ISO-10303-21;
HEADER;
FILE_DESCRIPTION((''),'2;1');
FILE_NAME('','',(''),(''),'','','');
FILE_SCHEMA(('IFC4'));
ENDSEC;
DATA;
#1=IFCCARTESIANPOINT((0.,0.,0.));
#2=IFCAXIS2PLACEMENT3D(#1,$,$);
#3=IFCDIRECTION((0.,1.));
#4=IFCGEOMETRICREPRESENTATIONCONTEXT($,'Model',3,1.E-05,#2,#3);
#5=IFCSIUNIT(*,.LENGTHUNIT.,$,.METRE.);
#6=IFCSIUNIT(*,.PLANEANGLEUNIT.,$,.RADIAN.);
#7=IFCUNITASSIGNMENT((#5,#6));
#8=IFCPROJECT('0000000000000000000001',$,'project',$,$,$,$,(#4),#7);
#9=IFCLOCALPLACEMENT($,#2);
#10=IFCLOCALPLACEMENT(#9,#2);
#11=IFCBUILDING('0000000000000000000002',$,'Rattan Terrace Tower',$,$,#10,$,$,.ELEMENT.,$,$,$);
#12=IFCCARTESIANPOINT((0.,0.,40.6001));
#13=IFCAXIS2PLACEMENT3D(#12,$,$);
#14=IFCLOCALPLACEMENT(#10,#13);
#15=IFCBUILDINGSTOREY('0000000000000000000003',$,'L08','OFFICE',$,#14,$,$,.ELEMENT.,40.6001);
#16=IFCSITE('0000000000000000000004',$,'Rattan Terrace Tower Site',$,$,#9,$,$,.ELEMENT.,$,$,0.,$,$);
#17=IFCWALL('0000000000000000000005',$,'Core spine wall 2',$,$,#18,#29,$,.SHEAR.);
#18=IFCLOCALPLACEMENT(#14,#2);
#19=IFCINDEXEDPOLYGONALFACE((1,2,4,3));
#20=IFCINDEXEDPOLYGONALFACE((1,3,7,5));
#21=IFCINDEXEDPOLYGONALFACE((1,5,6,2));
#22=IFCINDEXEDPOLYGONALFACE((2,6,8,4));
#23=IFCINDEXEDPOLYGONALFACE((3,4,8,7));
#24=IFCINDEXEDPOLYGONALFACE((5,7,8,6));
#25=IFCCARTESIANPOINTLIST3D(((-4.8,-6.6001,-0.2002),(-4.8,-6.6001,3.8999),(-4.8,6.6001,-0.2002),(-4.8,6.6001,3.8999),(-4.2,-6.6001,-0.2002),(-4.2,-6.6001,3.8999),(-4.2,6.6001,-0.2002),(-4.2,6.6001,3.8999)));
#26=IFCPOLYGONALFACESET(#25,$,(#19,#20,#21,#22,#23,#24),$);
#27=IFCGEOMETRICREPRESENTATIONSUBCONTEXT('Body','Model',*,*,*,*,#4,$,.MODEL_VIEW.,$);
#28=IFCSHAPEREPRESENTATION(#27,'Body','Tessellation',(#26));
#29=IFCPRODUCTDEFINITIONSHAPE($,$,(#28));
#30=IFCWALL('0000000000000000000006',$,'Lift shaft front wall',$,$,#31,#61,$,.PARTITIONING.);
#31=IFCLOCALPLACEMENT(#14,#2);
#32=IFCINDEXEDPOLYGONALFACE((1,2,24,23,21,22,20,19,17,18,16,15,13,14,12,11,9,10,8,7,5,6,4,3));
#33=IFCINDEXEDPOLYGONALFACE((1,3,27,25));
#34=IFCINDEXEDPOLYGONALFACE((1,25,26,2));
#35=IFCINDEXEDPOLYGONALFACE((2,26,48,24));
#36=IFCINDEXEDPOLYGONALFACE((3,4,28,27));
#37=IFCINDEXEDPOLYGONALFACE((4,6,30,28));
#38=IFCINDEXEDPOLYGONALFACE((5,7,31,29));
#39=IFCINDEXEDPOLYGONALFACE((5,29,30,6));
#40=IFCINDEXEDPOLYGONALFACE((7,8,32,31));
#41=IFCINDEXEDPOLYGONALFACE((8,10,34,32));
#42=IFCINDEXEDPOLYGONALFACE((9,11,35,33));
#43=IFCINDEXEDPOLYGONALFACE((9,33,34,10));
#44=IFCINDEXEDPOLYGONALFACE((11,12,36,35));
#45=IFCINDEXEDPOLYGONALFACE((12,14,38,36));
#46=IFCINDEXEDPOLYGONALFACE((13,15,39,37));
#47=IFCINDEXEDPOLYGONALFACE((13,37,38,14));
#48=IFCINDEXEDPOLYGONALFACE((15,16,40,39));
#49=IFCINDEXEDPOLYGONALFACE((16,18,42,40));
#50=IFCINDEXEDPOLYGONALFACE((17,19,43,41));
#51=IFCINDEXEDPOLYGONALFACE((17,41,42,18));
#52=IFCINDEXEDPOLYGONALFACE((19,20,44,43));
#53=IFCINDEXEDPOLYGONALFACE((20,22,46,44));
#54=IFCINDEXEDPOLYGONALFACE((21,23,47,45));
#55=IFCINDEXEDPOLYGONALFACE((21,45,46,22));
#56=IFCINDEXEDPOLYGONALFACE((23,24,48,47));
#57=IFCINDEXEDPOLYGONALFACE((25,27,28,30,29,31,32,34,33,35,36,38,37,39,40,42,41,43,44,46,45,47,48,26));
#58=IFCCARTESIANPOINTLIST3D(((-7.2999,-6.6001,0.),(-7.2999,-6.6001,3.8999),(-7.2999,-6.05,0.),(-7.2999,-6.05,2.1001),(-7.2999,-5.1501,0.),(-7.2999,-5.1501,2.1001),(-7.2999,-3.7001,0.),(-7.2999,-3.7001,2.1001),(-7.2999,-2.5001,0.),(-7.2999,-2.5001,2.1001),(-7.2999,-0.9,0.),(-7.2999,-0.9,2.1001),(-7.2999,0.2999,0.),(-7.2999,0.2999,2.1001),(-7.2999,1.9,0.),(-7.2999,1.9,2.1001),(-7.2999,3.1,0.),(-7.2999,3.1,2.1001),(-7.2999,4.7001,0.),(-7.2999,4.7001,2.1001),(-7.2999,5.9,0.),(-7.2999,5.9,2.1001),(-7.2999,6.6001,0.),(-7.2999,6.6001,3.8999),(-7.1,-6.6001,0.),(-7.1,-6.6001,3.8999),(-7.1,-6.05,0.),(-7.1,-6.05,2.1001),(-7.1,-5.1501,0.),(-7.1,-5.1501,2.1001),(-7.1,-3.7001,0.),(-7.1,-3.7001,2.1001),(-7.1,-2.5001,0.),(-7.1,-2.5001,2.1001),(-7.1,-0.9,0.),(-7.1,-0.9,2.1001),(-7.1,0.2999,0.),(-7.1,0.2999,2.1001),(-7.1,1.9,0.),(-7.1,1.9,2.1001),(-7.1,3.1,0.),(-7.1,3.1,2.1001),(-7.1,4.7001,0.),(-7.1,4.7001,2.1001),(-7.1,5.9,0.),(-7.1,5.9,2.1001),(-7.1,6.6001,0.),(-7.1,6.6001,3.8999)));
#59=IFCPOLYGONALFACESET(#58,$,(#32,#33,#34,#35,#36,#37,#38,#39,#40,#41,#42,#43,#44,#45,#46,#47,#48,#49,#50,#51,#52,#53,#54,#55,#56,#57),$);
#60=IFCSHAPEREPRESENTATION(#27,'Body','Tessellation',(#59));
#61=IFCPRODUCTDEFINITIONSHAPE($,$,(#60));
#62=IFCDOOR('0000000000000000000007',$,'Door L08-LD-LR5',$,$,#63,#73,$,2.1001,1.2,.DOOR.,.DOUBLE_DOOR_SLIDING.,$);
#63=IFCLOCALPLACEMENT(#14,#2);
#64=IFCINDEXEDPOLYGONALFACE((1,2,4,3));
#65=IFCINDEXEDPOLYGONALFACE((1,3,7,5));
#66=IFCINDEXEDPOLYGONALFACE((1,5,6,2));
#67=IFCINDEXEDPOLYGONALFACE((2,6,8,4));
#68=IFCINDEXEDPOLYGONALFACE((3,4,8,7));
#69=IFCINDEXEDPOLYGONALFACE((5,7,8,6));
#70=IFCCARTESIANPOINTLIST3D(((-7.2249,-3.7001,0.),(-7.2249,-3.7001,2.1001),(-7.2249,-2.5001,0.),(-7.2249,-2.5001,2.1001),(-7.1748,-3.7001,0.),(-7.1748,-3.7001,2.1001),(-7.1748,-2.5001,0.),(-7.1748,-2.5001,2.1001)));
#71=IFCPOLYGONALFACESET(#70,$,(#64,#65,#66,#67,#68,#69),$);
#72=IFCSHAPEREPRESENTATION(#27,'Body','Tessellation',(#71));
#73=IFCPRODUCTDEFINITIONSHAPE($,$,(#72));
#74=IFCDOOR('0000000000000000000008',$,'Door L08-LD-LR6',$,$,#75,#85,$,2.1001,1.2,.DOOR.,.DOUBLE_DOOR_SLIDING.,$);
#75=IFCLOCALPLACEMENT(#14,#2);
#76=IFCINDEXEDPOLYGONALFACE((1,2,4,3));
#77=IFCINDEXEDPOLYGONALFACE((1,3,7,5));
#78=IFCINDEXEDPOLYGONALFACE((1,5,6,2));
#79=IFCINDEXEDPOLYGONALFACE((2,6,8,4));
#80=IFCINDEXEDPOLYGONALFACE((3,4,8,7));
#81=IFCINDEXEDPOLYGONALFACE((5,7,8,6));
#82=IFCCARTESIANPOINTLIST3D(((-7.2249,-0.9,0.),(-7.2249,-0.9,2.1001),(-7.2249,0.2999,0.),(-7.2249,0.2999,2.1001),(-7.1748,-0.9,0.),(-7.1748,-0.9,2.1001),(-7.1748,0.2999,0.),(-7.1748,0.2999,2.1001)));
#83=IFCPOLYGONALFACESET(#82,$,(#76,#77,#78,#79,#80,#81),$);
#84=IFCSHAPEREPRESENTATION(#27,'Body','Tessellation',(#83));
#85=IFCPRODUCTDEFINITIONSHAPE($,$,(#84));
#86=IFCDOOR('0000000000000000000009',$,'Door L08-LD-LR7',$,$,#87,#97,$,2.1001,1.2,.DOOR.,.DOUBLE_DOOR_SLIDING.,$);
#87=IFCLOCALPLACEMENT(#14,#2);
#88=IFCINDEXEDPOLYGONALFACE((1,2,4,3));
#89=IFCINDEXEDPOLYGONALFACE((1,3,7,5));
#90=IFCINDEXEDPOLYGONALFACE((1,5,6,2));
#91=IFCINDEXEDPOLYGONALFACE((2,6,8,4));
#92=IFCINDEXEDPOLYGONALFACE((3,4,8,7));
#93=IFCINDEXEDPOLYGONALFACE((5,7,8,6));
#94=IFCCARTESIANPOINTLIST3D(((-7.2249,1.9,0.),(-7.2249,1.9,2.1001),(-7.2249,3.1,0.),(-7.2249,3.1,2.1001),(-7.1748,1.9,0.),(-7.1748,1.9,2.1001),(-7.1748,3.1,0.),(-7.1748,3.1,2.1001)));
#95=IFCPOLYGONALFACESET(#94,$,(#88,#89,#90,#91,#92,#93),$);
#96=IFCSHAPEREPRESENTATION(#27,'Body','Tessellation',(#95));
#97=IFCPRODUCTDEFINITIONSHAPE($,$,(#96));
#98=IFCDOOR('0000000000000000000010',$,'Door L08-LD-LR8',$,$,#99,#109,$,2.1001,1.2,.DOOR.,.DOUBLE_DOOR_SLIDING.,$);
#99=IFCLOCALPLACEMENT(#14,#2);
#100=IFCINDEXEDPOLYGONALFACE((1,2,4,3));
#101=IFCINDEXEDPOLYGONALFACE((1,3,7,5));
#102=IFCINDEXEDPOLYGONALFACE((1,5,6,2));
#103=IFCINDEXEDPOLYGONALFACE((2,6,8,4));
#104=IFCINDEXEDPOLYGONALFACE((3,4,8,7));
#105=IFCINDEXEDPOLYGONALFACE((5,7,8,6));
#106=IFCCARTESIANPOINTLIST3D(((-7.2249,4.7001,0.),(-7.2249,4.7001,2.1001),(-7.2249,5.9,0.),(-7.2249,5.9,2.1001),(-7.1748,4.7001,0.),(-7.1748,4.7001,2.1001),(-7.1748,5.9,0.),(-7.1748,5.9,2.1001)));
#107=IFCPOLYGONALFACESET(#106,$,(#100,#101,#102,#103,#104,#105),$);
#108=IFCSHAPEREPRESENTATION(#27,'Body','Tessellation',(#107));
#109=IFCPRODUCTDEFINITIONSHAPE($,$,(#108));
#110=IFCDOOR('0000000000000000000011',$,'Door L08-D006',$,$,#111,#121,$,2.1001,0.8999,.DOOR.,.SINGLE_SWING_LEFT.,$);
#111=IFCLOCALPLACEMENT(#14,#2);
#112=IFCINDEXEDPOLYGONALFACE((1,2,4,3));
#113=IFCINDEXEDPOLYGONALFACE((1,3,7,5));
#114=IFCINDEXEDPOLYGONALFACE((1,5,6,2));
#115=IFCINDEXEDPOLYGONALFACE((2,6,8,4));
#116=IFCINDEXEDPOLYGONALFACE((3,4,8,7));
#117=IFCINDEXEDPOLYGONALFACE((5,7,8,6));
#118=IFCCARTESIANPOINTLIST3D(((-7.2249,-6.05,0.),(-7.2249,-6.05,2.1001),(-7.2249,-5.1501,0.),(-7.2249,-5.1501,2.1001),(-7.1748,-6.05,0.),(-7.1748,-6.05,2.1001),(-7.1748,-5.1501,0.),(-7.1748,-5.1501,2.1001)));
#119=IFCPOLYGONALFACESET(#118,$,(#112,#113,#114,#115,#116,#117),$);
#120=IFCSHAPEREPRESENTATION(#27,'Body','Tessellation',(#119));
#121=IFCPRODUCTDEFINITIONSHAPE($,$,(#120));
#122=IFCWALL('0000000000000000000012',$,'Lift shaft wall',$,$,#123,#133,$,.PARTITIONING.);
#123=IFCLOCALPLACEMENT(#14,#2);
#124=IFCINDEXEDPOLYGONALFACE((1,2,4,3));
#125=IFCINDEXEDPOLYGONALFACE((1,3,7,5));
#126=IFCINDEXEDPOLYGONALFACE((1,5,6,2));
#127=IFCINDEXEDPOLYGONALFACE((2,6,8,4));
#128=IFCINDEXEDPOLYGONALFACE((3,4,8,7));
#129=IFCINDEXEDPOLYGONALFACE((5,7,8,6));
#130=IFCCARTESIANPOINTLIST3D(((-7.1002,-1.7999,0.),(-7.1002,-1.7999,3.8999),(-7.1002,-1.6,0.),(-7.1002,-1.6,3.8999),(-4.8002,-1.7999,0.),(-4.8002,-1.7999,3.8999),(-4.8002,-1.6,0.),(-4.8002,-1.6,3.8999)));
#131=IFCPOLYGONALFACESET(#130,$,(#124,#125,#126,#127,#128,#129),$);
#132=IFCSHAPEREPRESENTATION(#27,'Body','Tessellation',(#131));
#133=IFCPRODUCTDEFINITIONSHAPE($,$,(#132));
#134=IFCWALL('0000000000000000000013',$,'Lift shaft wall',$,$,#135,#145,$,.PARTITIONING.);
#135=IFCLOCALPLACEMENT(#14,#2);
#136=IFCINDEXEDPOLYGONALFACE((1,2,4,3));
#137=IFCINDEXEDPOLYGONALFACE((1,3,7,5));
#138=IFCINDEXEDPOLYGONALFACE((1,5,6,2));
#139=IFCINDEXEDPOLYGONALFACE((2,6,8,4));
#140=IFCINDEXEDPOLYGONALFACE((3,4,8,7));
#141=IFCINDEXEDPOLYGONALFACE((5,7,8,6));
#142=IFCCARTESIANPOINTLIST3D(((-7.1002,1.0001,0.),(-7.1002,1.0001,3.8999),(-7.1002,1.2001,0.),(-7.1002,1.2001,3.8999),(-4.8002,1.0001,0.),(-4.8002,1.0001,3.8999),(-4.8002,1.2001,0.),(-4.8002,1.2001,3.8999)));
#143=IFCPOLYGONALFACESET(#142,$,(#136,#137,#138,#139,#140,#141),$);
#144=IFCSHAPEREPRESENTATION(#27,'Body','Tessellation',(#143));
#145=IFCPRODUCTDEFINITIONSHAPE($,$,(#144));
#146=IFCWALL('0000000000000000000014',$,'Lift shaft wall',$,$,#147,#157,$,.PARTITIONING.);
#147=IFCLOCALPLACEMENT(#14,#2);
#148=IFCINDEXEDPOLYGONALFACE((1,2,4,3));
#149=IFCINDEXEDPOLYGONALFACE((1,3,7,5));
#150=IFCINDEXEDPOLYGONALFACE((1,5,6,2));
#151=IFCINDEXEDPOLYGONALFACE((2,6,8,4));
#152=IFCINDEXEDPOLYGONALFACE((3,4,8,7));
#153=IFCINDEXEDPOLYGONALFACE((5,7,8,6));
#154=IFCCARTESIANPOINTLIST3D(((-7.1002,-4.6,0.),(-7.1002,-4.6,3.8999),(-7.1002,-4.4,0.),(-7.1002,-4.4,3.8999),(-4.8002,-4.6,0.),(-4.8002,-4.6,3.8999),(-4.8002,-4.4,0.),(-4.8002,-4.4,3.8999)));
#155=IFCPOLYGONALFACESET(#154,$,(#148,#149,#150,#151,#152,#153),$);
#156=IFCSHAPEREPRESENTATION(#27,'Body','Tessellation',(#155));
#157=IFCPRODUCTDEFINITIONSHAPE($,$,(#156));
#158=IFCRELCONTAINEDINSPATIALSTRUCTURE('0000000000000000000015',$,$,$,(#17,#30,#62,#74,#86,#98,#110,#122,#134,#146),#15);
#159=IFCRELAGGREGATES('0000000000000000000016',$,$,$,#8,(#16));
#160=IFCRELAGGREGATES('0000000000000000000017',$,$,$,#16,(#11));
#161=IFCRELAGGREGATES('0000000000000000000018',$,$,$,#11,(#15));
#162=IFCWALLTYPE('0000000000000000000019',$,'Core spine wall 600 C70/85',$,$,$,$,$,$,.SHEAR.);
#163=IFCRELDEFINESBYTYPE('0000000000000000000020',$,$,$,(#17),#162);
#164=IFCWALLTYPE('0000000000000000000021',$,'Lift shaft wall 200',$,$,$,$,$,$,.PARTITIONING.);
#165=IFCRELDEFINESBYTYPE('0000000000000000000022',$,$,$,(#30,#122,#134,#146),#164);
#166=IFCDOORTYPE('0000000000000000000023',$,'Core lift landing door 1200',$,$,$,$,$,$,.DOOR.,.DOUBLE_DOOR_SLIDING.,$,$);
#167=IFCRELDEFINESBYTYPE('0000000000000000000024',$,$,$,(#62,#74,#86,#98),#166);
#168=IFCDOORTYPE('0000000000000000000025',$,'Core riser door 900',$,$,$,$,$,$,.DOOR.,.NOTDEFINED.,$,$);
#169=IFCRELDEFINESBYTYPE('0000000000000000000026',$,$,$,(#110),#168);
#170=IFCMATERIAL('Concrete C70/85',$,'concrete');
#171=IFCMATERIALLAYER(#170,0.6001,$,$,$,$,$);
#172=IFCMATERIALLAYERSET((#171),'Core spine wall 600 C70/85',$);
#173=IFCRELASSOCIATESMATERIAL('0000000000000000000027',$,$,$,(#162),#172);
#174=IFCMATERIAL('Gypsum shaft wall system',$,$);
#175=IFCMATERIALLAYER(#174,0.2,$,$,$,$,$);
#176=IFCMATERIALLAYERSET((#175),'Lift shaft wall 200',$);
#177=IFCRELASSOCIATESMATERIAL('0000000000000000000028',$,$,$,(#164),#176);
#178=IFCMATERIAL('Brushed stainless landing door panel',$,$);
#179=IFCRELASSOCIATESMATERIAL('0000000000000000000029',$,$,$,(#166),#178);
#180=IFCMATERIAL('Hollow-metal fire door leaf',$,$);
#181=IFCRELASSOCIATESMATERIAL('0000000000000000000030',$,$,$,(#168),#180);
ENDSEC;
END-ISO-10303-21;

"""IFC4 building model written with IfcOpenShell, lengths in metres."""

from ifc_helpers import new_model, si_unit, direction, frame, frame_2d, origin, place, context, subcontext, project, spatial, rectangle, extrude, material, layer, layer_set, type_object, element, fill, save


model = new_model("IFC4")

# Units and contexts
model_context = context("Model", 3, precision=1e-05, world=origin(), true_north=direction((0.0, 1.0)))
body_context = subcontext(model_context, "Body", "Model", "MODEL_VIEW")
ifc_project = project(units=[si_unit("LENGTHUNIT", "METRE"), si_unit("PLANEANGLEUNIT", "RADIAN")], contexts=[model_context])

# Site, building, storey
site_placement = place(None, origin())
site = spatial("IfcSite", under=ifc_project, at=site_placement, Name="Rattan Terrace Tower Site", CompositionType="ELEMENT", RefElevation=0.0)
building_placement = place(site_placement, origin())
building = spatial("IfcBuilding", under=site, at=building_placement, Name="Rattan Terrace Tower", CompositionType="ELEMENT")
storey_placement = place(building_placement, frame((0.0, 0.0, 40.6001)))
storey = spatial("IfcBuildingStorey", under=building, at=storey_placement, Name="L08", Description="OFFICE", CompositionType="ELEMENT", Elevation=40.6001)

# Wall
ifc_material_1 = material(Name="Concrete C70/85", Category="concrete")
ifc_layer_1 = layer(ifc_material_1, 0.6001)
ifc_layer_set_1 = layer_set([ifc_layer_1], Name="Core spine wall 600 C70/85")
wall_type_1 = type_object("IfcWallType", Name="Core spine wall 600 C70/85", PredefinedType="SHEAR", material=ifc_layer_set_1)
wall_1_placement = place(storey_placement, frame((-4.5, -6.6001, -0.2002), z_axis=(0.0, 0.0, 1.0), x_axis=(0.0, 1.0, 0.0)))
element("IfcWall", 1, at=wall_1_placement, inside=storey, type_object=wall_type_1, Name="Core spine wall 2", PredefinedType="SHEAR", context=body_context, shape_type="SweptSolid", body=[
    extrude(rectangle(XDim=13.2002, YDim=0.6001, at=frame_2d((6.6001, 0.0))), origin(), (0.0, 0.0, 1.0), 4.1001),
])

# Wall, openings, doors
ifc_material_2 = material(Name="Gypsum shaft wall system")
ifc_layer_2 = layer(ifc_material_2, 0.2)
ifc_layer_set_2 = layer_set([ifc_layer_2], Name="Lift shaft wall 200")
wall_type_2 = type_object("IfcWallType", Name="Lift shaft wall 200", PredefinedType="PARTITIONING", material=ifc_layer_set_2)
wall_2_placement = place(storey_placement, frame((-7.2, -6.6001, 0.0), z_axis=(0.0, 0.0, 1.0), x_axis=(0.0, 1.0, 0.0)))
wall_2 = element("IfcWall", 2, at=wall_2_placement, inside=storey, type_object=wall_type_2, Name="Lift shaft front wall", PredefinedType="PARTITIONING", context=body_context, shape_type="SweptSolid", body=[
    extrude(rectangle(XDim=13.2002, YDim=0.2, at=frame_2d((6.6001, 0.0))), origin(), (0.0, 0.0, 1.0), 3.8999),
])
opening_1_placement = place(wall_2_placement, frame((0.55, 0.0, 0.0)))
opening_1 = element("IfcOpeningElement", 3, at=opening_1_placement, cuts=wall_2, PredefinedType="OPENING", context=body_context, shape_type="SweptSolid", body=[
    extrude(rectangle(XDim=0.8999, YDim=2.1001, at=frame_2d((0.45, 1.05))), frame((0.0, 0.1106, 0.0), z_axis=(0.0, -1.0, 0.0), x_axis=(1.0, 0.0, 0.0)), (0.0, 0.0, 1.0), 0.2209),
])
opening_2_placement = place(wall_2_placement, frame((2.8999, 0.0, 0.0)))
opening_2 = element("IfcOpeningElement", 4, at=opening_2_placement, cuts=wall_2, PredefinedType="OPENING", context=body_context, shape_type="SweptSolid", body=[
    extrude(rectangle(XDim=1.2, YDim=2.1001, at=frame_2d((0.6001, 1.05))), frame((0.0, 0.1106, 0.0), z_axis=(0.0, -1.0, 0.0), x_axis=(1.0, 0.0, 0.0)), (0.0, 0.0, 1.0), 0.2209),
])
opening_3_placement = place(wall_2_placement, frame((5.7, 0.0, 0.0)))
opening_3 = element("IfcOpeningElement", 5, at=opening_3_placement, cuts=wall_2, PredefinedType="OPENING", context=body_context, shape_type="SweptSolid", body=[
    extrude(rectangle(XDim=1.2, YDim=2.1001, at=frame_2d((0.6001, 1.05))), frame((0.0, 0.1106, 0.0), z_axis=(0.0, -1.0, 0.0), x_axis=(1.0, 0.0, 0.0)), (0.0, 0.0, 1.0), 0.2209),
])
opening_4_placement = place(wall_2_placement, frame((8.5, 0.0, 0.0)))
opening_4 = element("IfcOpeningElement", 6, at=opening_4_placement, cuts=wall_2, PredefinedType="OPENING", context=body_context, shape_type="SweptSolid", body=[
    extrude(rectangle(XDim=1.2, YDim=2.1001, at=frame_2d((0.6001, 1.05))), frame((0.0, 0.1106, 0.0), z_axis=(0.0, -1.0, 0.0), x_axis=(1.0, 0.0, 0.0)), (0.0, 0.0, 1.0), 0.2209),
])
opening_5_placement = place(wall_2_placement, frame((11.3, 0.0, 0.0)))
opening_5 = element("IfcOpeningElement", 7, at=opening_5_placement, cuts=wall_2, PredefinedType="OPENING", context=body_context, shape_type="SweptSolid", body=[
    extrude(rectangle(XDim=1.2, YDim=2.1001, at=frame_2d((0.6001, 1.05))), frame((0.0, 0.1106, 0.0), z_axis=(0.0, -1.0, 0.0), x_axis=(1.0, 0.0, 0.0)), (0.0, 0.0, 1.0), 0.2209),
])
ifc_material_3 = material(Name="Brushed stainless landing door panel")
door_type_1 = type_object("IfcDoorType", Name="Core lift landing door 1200", OperationType="DOUBLE_DOOR_SLIDING", PredefinedType="DOOR", material=ifc_material_3)
door_1_placement = place(opening_2_placement, origin())
door_1 = element("IfcDoor", 8, at=door_1_placement, inside=storey, type_object=door_type_1, Name="Door L08-LD-LR5", OperationType="DOUBLE_DOOR_SLIDING", OverallHeight=2.1001, OverallWidth=1.2, PredefinedType="DOOR", context=body_context, shape_type="SweptSolid", body=[
    extrude(rectangle(XDim=1.2, YDim=2.1001, at=frame_2d((0.6001, 1.05))), frame((0.0, 0.0249, 0.0), z_axis=(0.0, -1.0, 0.0), x_axis=(1.0, 0.0, 0.0)), (0.0, 0.0, 1.0), 0.05),
])
fill(opening_2, door_1)
door_2_placement = place(opening_3_placement, origin())
door_2 = element("IfcDoor", 9, at=door_2_placement, inside=storey, type_object=door_type_1, Name="Door L08-LD-LR6", OperationType="DOUBLE_DOOR_SLIDING", OverallHeight=2.1001, OverallWidth=1.2, PredefinedType="DOOR", context=body_context, shape_type="SweptSolid", body=[
    extrude(rectangle(XDim=1.2, YDim=2.1001, at=frame_2d((0.6001, 1.05))), frame((0.0, 0.0249, 0.0), z_axis=(0.0, -1.0, 0.0), x_axis=(1.0, 0.0, 0.0)), (0.0, 0.0, 1.0), 0.05),
])
fill(opening_3, door_2)
door_3_placement = place(opening_4_placement, origin())
door_3 = element("IfcDoor", 10, at=door_3_placement, inside=storey, type_object=door_type_1, Name="Door L08-LD-LR7", OperationType="DOUBLE_DOOR_SLIDING", OverallHeight=2.1001, OverallWidth=1.2, PredefinedType="DOOR", context=body_context, shape_type="SweptSolid", body=[
    extrude(rectangle(XDim=1.2, YDim=2.1001, at=frame_2d((0.6001, 1.05))), frame((0.0, 0.0249, 0.0), z_axis=(0.0, -1.0, 0.0), x_axis=(1.0, 0.0, 0.0)), (0.0, 0.0, 1.0), 0.05),
])
fill(opening_4, door_3)
door_4_placement = place(opening_5_placement, origin())
door_4 = element("IfcDoor", 11, at=door_4_placement, inside=storey, type_object=door_type_1, Name="Door L08-LD-LR8", OperationType="DOUBLE_DOOR_SLIDING", OverallHeight=2.1001, OverallWidth=1.2, PredefinedType="DOOR", context=body_context, shape_type="SweptSolid", body=[
    extrude(rectangle(XDim=1.2, YDim=2.1001, at=frame_2d((0.6001, 1.05))), frame((0.0, 0.0249, 0.0), z_axis=(0.0, -1.0, 0.0), x_axis=(1.0, 0.0, 0.0)), (0.0, 0.0, 1.0), 0.05),
])
fill(opening_5, door_4)
ifc_material_4 = material(Name="Hollow-metal fire door leaf")
door_type_2 = type_object("IfcDoorType", Name="Core riser door 900", OperationType="NOTDEFINED", PredefinedType="DOOR", material=ifc_material_4)
door_5_placement = place(opening_1_placement, origin())
door_5 = element("IfcDoor", 12, at=door_5_placement, inside=storey, type_object=door_type_2, Name="Door L08-D006", OperationType="SINGLE_SWING_LEFT", OverallHeight=2.1001, OverallWidth=0.8999, PredefinedType="DOOR", context=body_context, shape_type="SweptSolid", body=[
    extrude(rectangle(XDim=0.8999, YDim=2.1001, at=frame_2d((0.45, 1.05))), frame((0.0, 0.0249, 0.0), z_axis=(0.0, -1.0, 0.0), x_axis=(1.0, 0.0, 0.0)), (0.0, 0.0, 1.0), 0.05),
])
fill(opening_1, door_5)

# Walls
for number, where, z_axis, x_axis, name in (
    (13, (-7.1001, -1.7, 0.0), (0.0, 0.0, 1.0), (1.0, 0.0, 0.0), "Lift shaft wall"),
    (14, (-7.1001, 1.1001, 0.0), (0.0, 0.0, 1.0), (1.0, 0.0, 0.0), "Lift shaft wall"),
    (15, (-7.1001, -4.5, 0.0), (0.0, 0.0, 1.0), (1.0, 0.0, 0.0), "Lift shaft wall"),
):
    element("IfcWall", number, at=place(storey_placement, frame(where, z_axis=z_axis, x_axis=x_axis)), inside=storey, type_object=wall_type_2, Name=name, PredefinedType="PARTITIONING", context=body_context, shape_type="SweptSolid", body=[
        extrude(rectangle(XDim=2.3, YDim=0.2, at=frame_2d((1.1499, 0.0))), origin(), (0.0, 0.0, 1.0), 3.8999),
    ])

save(model, "model.ifc")
